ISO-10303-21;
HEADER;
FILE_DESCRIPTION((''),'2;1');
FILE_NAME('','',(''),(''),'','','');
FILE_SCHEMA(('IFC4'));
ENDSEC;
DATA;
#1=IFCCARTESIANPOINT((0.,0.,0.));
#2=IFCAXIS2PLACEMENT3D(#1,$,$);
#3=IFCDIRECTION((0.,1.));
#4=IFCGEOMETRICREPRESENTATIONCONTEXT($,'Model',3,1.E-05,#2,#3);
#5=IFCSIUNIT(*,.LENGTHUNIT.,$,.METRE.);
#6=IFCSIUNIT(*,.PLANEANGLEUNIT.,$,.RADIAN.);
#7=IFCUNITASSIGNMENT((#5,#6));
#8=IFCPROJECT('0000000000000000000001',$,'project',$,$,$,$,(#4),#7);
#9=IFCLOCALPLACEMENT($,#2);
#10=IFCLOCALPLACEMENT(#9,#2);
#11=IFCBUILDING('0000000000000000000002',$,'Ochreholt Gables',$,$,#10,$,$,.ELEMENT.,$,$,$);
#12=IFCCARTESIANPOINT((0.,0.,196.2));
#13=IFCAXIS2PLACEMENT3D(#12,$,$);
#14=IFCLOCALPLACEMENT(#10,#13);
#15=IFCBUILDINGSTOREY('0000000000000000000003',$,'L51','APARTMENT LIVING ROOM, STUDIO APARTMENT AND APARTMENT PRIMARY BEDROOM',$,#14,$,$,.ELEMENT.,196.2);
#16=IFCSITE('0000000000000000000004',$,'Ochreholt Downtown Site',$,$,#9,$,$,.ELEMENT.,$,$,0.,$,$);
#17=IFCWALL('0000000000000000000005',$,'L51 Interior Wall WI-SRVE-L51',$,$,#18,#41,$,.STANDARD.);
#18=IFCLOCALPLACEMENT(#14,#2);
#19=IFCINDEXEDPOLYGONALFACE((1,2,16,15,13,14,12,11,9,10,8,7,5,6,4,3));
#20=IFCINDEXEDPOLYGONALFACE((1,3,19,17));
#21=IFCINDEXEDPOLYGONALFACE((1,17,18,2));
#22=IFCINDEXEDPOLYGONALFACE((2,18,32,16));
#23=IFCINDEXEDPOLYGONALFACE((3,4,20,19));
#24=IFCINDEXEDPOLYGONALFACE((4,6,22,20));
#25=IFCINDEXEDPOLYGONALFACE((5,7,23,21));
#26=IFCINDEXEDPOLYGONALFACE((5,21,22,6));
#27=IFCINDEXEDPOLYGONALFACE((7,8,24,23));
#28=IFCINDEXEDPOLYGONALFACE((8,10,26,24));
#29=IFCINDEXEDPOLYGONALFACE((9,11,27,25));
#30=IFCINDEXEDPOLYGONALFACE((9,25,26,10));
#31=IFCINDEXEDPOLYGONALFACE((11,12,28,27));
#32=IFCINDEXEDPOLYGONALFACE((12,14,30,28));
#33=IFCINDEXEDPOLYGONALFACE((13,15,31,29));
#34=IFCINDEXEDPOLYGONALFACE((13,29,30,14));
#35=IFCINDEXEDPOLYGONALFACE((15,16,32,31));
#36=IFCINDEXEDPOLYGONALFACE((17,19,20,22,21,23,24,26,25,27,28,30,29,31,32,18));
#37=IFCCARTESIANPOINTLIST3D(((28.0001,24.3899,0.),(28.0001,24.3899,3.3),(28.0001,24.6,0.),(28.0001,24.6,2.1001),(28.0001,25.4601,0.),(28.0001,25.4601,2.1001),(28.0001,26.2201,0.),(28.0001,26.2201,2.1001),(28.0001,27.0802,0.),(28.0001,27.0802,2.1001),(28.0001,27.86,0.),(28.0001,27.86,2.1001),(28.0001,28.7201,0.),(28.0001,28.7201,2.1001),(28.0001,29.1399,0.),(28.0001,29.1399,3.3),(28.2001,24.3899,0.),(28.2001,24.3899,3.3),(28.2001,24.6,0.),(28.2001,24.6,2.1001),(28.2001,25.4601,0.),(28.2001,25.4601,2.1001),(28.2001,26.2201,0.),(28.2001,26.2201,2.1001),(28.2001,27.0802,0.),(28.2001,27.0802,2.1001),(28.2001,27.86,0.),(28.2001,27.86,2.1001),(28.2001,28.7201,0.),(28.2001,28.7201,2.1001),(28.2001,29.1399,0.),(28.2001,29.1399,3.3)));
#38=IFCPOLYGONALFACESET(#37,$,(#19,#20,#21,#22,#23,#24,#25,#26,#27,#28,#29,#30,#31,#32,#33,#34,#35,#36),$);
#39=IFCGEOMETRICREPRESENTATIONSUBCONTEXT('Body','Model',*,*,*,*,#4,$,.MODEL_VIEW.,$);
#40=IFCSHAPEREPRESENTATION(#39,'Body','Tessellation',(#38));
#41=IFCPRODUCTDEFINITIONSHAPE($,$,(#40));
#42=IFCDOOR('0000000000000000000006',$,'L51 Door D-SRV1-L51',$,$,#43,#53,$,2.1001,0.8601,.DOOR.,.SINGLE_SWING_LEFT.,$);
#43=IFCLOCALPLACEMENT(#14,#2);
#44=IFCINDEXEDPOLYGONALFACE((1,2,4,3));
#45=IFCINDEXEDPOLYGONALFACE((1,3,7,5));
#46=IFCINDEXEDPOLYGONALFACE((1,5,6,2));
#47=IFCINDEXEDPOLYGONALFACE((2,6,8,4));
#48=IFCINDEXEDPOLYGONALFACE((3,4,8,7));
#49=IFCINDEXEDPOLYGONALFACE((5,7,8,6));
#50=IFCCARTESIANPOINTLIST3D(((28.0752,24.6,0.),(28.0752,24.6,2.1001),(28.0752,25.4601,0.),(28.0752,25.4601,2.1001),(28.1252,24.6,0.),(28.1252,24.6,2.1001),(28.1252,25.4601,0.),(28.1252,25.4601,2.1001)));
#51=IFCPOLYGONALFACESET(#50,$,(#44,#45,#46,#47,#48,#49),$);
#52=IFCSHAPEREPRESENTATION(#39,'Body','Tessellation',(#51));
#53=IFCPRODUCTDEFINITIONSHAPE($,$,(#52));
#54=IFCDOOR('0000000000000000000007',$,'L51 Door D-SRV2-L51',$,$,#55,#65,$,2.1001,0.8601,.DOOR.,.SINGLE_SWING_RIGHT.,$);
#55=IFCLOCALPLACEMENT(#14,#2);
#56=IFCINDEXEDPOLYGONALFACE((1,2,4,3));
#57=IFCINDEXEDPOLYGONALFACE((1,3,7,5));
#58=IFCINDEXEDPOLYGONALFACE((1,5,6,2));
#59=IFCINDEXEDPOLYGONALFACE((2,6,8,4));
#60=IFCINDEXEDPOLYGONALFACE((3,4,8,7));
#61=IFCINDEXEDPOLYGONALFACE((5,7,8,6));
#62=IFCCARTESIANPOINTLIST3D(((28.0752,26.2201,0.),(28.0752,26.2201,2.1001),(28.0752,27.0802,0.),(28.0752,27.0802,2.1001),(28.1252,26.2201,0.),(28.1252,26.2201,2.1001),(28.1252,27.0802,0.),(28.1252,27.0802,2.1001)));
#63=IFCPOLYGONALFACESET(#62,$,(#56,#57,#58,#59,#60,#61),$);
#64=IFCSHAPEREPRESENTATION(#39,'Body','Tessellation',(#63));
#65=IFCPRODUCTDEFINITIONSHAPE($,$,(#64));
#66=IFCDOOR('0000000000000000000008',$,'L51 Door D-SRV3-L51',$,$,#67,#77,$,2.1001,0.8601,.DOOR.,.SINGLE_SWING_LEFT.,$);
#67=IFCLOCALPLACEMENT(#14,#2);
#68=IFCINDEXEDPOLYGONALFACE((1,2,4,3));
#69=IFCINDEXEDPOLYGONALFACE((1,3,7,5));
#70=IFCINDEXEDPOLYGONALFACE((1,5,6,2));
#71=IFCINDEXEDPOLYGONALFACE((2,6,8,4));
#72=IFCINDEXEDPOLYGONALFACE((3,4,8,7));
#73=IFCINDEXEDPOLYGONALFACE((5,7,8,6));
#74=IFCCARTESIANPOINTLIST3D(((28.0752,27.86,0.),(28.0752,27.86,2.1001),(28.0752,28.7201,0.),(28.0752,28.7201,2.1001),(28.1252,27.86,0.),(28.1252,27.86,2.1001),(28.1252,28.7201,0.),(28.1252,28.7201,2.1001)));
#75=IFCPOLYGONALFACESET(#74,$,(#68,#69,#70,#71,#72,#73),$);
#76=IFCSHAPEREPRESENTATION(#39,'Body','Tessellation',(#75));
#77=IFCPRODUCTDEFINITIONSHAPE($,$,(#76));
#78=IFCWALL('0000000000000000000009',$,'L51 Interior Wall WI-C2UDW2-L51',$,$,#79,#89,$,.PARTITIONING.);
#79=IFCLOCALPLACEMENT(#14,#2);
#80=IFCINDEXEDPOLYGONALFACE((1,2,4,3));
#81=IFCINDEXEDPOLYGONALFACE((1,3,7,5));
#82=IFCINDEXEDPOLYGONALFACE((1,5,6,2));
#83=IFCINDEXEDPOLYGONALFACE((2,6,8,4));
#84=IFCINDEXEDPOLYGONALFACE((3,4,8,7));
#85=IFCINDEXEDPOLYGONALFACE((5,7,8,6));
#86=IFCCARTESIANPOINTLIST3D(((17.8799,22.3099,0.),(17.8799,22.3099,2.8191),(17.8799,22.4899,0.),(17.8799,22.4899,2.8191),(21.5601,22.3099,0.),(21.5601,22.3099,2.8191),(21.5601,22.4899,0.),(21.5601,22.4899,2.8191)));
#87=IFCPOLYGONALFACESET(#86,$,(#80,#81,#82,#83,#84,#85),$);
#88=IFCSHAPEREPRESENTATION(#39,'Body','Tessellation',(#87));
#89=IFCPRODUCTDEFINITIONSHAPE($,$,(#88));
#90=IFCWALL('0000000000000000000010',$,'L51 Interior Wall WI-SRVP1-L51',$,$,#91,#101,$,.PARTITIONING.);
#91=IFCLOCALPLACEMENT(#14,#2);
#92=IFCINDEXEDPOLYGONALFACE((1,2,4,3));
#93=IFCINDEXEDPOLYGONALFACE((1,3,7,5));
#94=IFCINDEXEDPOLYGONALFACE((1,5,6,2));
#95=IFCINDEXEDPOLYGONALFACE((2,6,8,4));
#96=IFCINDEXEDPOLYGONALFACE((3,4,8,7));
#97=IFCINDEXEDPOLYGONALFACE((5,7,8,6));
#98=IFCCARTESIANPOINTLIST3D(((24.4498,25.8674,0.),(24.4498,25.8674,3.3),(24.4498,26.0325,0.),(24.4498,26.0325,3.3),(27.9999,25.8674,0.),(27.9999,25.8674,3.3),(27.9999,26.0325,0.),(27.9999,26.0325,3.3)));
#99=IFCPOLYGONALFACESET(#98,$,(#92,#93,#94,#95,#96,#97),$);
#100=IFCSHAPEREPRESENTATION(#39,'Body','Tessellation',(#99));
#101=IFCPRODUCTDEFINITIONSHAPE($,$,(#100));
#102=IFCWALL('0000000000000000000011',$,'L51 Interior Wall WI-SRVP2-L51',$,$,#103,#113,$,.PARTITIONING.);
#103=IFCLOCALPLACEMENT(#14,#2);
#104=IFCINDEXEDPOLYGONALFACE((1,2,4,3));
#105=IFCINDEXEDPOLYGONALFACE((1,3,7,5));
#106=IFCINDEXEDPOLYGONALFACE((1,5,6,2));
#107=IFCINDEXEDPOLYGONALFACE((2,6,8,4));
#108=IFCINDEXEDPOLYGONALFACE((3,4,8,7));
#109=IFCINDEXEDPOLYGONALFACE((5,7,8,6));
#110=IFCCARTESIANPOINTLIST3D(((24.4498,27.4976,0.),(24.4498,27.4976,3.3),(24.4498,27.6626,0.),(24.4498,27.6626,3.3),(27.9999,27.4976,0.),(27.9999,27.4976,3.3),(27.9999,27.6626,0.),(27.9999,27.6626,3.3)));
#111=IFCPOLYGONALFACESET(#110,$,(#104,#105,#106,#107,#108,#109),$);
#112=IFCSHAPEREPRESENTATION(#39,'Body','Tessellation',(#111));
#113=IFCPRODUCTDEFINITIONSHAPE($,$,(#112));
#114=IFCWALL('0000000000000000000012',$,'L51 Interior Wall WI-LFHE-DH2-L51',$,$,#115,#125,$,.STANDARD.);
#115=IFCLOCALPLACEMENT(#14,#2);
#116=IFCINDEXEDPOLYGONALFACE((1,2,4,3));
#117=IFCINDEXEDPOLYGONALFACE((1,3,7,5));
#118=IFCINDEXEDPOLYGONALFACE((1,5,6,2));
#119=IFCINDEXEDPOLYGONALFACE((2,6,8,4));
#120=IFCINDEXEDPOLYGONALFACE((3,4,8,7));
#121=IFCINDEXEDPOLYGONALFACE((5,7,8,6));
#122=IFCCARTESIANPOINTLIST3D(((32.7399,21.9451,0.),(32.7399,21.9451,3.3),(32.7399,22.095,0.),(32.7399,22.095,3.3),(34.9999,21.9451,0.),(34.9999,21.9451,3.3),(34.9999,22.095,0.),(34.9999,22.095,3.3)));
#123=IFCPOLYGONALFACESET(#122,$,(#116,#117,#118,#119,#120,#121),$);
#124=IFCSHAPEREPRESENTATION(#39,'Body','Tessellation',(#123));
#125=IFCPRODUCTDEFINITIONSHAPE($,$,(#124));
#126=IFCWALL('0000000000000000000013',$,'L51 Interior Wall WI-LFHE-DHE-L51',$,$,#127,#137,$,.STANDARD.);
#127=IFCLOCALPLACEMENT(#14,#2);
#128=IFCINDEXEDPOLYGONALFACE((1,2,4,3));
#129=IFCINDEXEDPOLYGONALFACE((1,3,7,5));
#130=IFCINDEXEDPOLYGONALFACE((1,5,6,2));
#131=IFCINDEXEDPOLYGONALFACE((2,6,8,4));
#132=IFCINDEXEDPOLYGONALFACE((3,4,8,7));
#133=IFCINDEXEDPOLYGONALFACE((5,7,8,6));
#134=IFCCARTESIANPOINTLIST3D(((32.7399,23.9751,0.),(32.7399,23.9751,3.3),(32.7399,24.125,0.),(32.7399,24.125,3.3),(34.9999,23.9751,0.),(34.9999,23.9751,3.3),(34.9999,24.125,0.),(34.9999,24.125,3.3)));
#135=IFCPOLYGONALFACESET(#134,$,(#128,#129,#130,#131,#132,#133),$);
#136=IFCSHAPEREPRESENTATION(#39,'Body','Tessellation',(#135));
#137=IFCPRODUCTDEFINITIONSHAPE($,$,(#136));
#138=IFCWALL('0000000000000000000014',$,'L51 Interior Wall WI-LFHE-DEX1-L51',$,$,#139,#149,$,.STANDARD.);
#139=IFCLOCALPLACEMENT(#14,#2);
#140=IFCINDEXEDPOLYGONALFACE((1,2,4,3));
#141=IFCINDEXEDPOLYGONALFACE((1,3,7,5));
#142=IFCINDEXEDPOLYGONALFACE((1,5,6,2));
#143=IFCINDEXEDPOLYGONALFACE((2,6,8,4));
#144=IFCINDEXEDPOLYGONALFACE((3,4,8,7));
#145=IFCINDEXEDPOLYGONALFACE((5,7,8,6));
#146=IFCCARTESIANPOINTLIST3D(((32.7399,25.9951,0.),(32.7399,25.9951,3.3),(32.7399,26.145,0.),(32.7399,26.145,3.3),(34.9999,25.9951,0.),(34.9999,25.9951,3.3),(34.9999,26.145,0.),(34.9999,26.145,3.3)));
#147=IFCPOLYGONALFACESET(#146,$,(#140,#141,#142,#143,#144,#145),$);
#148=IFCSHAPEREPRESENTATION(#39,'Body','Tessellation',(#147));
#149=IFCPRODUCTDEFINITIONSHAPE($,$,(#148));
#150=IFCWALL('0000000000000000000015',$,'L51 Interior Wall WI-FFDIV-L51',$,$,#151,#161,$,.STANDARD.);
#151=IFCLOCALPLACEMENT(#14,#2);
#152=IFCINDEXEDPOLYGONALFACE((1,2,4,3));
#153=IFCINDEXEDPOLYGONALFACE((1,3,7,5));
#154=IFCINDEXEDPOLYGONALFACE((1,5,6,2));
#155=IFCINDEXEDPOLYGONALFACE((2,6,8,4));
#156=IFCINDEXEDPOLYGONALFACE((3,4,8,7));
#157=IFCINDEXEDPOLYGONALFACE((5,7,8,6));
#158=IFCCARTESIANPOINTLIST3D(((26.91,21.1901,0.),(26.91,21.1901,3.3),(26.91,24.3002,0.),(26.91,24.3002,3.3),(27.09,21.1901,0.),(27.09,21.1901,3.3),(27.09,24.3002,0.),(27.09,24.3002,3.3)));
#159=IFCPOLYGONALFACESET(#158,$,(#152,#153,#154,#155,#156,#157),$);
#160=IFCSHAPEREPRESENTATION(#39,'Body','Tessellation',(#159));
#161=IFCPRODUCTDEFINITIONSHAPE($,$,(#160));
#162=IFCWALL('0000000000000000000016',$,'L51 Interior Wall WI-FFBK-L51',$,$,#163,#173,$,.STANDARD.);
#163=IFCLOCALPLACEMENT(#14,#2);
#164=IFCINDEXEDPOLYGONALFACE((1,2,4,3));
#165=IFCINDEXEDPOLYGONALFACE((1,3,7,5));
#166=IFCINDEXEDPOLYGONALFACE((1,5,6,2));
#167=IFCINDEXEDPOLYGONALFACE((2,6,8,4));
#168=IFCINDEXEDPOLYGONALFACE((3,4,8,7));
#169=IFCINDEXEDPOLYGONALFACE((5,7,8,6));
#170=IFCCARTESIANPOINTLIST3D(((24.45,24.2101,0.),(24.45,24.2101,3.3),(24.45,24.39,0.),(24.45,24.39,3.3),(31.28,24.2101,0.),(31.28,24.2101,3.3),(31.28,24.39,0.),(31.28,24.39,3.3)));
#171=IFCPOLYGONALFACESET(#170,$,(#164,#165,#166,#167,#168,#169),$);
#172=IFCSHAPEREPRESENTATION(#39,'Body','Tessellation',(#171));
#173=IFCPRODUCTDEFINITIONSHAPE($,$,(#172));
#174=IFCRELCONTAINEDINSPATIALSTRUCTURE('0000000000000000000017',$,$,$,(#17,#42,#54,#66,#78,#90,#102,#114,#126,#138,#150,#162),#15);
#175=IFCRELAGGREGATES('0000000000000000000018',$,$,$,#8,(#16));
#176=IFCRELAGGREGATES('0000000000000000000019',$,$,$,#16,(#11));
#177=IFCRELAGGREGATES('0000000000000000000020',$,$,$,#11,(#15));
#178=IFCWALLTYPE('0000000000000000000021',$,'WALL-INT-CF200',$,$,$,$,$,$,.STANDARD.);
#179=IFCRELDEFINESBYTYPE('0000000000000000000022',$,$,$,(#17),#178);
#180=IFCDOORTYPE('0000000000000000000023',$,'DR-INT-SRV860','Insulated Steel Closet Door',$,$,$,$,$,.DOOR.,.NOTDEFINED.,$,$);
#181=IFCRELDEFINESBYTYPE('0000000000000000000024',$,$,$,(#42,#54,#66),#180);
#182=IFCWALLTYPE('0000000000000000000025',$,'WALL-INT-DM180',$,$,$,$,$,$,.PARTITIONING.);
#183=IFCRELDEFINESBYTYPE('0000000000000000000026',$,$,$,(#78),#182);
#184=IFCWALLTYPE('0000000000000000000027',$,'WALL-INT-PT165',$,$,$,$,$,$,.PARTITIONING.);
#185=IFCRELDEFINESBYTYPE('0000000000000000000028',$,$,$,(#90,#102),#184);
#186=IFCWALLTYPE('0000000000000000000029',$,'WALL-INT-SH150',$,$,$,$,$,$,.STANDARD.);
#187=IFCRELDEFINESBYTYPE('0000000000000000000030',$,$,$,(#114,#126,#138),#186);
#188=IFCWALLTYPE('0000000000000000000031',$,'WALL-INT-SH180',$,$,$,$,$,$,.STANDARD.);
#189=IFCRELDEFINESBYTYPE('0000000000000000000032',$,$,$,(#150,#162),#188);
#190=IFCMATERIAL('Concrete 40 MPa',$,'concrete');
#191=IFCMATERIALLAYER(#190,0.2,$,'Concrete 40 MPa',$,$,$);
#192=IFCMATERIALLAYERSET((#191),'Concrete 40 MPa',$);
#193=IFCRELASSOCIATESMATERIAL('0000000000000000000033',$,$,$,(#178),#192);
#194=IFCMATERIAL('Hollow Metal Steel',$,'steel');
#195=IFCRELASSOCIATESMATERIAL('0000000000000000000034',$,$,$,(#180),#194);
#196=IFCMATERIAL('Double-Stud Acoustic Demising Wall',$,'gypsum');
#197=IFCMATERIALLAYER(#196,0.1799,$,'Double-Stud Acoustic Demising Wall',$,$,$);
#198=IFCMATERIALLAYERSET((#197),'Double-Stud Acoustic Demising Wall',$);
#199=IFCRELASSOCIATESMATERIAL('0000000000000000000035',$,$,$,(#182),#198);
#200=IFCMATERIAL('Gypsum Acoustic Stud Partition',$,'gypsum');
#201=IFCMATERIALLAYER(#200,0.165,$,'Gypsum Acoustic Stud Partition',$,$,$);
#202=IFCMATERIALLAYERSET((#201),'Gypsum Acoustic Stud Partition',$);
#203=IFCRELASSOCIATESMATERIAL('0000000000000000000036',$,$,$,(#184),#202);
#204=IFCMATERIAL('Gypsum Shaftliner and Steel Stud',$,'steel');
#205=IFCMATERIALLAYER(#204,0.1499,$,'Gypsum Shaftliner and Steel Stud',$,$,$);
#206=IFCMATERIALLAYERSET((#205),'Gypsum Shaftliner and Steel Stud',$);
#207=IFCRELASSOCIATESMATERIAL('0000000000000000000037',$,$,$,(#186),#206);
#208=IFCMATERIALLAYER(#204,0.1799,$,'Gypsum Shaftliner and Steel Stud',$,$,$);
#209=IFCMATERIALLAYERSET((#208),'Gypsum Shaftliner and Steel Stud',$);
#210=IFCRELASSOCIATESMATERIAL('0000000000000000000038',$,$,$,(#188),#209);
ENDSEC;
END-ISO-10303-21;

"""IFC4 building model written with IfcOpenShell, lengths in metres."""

from ifc_helpers import new_model, si_unit, direction, frame, frame_2d, origin, place, context, subcontext, project, spatial, rectangle, extrude, material, layer, layer_set, type_object, element, fill, save


model = new_model("IFC4")

# Units and contexts
model_context = context("Model", 3, precision=1e-05, world=origin(), true_north=direction((0.0, 1.0)))
body_context = subcontext(model_context, "Body", "Model", "MODEL_VIEW")
ifc_project = project(units=[si_unit("LENGTHUNIT", "METRE"), si_unit("PLANEANGLEUNIT", "RADIAN")], contexts=[model_context])

# Site, building, storey
site_placement = place(None, origin())
site = spatial("IfcSite", under=ifc_project, at=site_placement, Name="Ochreholt Downtown Site", CompositionType="ELEMENT", RefElevation=0.0)
building_placement = place(site_placement, origin())
building = spatial("IfcBuilding", under=site, at=building_placement, Name="Ochreholt Gables", CompositionType="ELEMENT")
storey_placement = place(building_placement, frame((0.0, 0.0, 196.2)))
storey = spatial("IfcBuildingStorey", under=building, at=storey_placement, Name="L51", Description="APARTMENT LIVING ROOM, STUDIO APARTMENT AND APARTMENT PRIMARY BEDROOM", CompositionType="ELEMENT", Elevation=196.2)

# Shared definitions
ifc_material_1 = material(Name="Concrete 40 MPa", Category="concrete")
ifc_layer_1 = layer(ifc_material_1, 0.2, Name="Concrete 40 MPa")
ifc_layer_set_1 = layer_set([ifc_layer_1], Name="Concrete 40 MPa")
wall_type_1 = type_object("IfcWallType", Name="WALL-INT-CF200", PredefinedType="STANDARD", material=ifc_layer_set_1)

# Wall, openings, doors
wall_1_placement = place(storey_placement, frame((28.1001, 24.3899, 0.0), z_axis=(0.0, 0.0, 1.0), x_axis=(0.0, 1.0, 0.0)))
wall_1 = element("IfcWall", 1, at=wall_1_placement, inside=storey, type_object=wall_type_1, Name="L51 Interior Wall WI-SRVE-L51", PredefinedType="STANDARD", context=body_context, shape_type="SweptSolid", body=[
    extrude(rectangle(XDim=4.75, YDim=0.2, at=frame_2d((2.375, 0.0))), origin(), (0.0, 0.0, 1.0), 3.3),
])
opening_1_placement = place(wall_1_placement, frame((0.21, 0.0, 0.0)))
opening_1 = element("IfcOpeningElement", 2, at=opening_1_placement, cuts=wall_1, PredefinedType="OPENING", context=body_context, shape_type="SweptSolid", body=[
    extrude(rectangle(XDim=0.8601, YDim=2.1001, at=frame_2d((0.4302, 1.05))), frame((0.0, 0.1099, 0.0), z_axis=(0.0, -1.0, 0.0), x_axis=(1.0, 0.0, 0.0)), (0.0, 0.0, 1.0), 0.22),
])
opening_2_placement = place(wall_1_placement, frame((1.8301, 0.0, 0.0)))
opening_2 = element("IfcOpeningElement", 3, at=opening_2_placement, cuts=wall_1, PredefinedType="OPENING", context=body_context, shape_type="SweptSolid", body=[
    extrude(rectangle(XDim=0.8601, YDim=2.1001, at=frame_2d((0.4302, 1.05))), frame((0.0, 0.1099, 0.0), z_axis=(0.0, -1.0, 0.0), x_axis=(1.0, 0.0, 0.0)), (0.0, 0.0, 1.0), 0.22),
])
opening_3_placement = place(wall_1_placement, frame((3.47, 0.0, 0.0)))
opening_3 = element("IfcOpeningElement", 4, at=opening_3_placement, cuts=wall_1, PredefinedType="OPENING", context=body_context, shape_type="SweptSolid", body=[
    extrude(rectangle(XDim=0.8601, YDim=2.1001, at=frame_2d((0.4302, 1.05))), frame((0.0, 0.1099, 0.0), z_axis=(0.0, -1.0, 0.0), x_axis=(1.0, 0.0, 0.0)), (0.0, 0.0, 1.0), 0.22),
])
ifc_material_2 = material(Name="Hollow Metal Steel", Category="steel")
door_type_1 = type_object("IfcDoorType", Name="DR-INT-SRV860", Description="Insulated Steel Closet Door", OperationType="NOTDEFINED", PredefinedType="DOOR", material=ifc_material_2)
door_1_placement = place(opening_1_placement, origin())
door_1 = element("IfcDoor", 5, at=door_1_placement, inside=storey, type_object=door_type_1, Name="L51 Door D-SRV1-L51", OperationType="SINGLE_SWING_LEFT", OverallHeight=2.1001, OverallWidth=0.8601, PredefinedType="DOOR", context=body_context, shape_type="SweptSolid", body=[
    extrude(rectangle(XDim=0.8601, YDim=2.1001, at=frame_2d((0.4302, 1.05))), frame((0.0, 0.0249, 0.0), z_axis=(0.0, -1.0, 0.0), x_axis=(1.0, 0.0, 0.0)), (0.0, 0.0, 1.0), 0.05),
])
fill(opening_1, door_1)
door_2_placement = place(opening_2_placement, origin())
door_2 = element("IfcDoor", 6, at=door_2_placement, inside=storey, type_object=door_type_1, Name="L51 Door D-SRV2-L51", OperationType="SINGLE_SWING_RIGHT", OverallHeight=2.1001, OverallWidth=0.8601, PredefinedType="DOOR", context=body_context, shape_type="SweptSolid", body=[
    extrude(rectangle(XDim=0.8601, YDim=2.1001, at=frame_2d((0.4302, 1.05))), frame((0.0, 0.0249, 0.0), z_axis=(0.0, -1.0, 0.0), x_axis=(1.0, 0.0, 0.0)), (0.0, 0.0, 1.0), 0.05),
])
fill(opening_2, door_2)
door_3_placement = place(opening_3_placement, origin())
door_3 = element("IfcDoor", 7, at=door_3_placement, inside=storey, type_object=door_type_1, Name="L51 Door D-SRV3-L51", OperationType="SINGLE_SWING_LEFT", OverallHeight=2.1001, OverallWidth=0.8601, PredefinedType="DOOR", context=body_context, shape_type="SweptSolid", body=[
    extrude(rectangle(XDim=0.8601, YDim=2.1001, at=frame_2d((0.4302, 1.05))), frame((0.0, 0.0249, 0.0), z_axis=(0.0, -1.0, 0.0), x_axis=(1.0, 0.0, 0.0)), (0.0, 0.0, 1.0), 0.05),
])
fill(opening_3, door_3)

# Walls
ifc_material_3 = material(Name="Double-Stud Acoustic Demising Wall", Category="gypsum")
ifc_layer_2 = layer(ifc_material_3, 0.1799, Name="Double-Stud Acoustic Demising Wall")
ifc_layer_set_2 = layer_set([ifc_layer_2], Name="Double-Stud Acoustic Demising Wall")
wall_type_2 = type_object("IfcWallType", Name="WALL-INT-DM180", PredefinedType="PARTITIONING", material=ifc_layer_set_2)
wall_2_placement = place(storey_placement, frame((17.8799, 22.3999, 0.0), z_axis=(0.0, 0.0, 1.0), x_axis=(1.0, 0.0, 0.0)))
element("IfcWall", 8, at=wall_2_placement, inside=storey, type_object=wall_type_2, Name="L51 Interior Wall WI-C2UDW2-L51", PredefinedType="PARTITIONING", context=body_context, shape_type="SweptSolid", body=[
    extrude(rectangle(XDim=3.6802, YDim=0.1799, at=frame_2d((1.8401, 0.0))), origin(), (0.0, 0.0, 1.0), 2.8191),
])
ifc_material_4 = material(Name="Gypsum Acoustic Stud Partition", Category="gypsum")
ifc_layer_3 = layer(ifc_material_4, 0.165, Name="Gypsum Acoustic Stud Partition")
ifc_layer_set_3 = layer_set([ifc_layer_3], Name="Gypsum Acoustic Stud Partition")
wall_type_3 = type_object("IfcWallType", Name="WALL-INT-PT165", PredefinedType="PARTITIONING", material=ifc_layer_set_3)
for number, where, z_axis, x_axis, name in (
    (9, (24.45, 25.95, 0.0), (0.0, 0.0, 1.0), (1.0, 0.0, 0.0), "L51 Interior Wall WI-SRVP1-L51"),
    (10, (24.45, 27.5801, 0.0), (0.0, 0.0, 1.0), (1.0, 0.0, 0.0), "L51 Interior Wall WI-SRVP2-L51"),
):
    element("IfcWall", number, at=place(storey_placement, frame(where, z_axis=z_axis, x_axis=x_axis)), inside=storey, type_object=wall_type_3, Name=name, PredefinedType="PARTITIONING", context=body_context, shape_type="SweptSolid", body=[
        extrude(rectangle(XDim=3.55, YDim=0.165, at=frame_2d((1.7749, 0.0))), origin(), (0.0, 0.0, 1.0), 3.3),
    ])
ifc_material_5 = material(Name="Gypsum Shaftliner and Steel Stud", Category="steel")
ifc_layer_4 = layer(ifc_material_5, 0.1499, Name="Gypsum Shaftliner and Steel Stud")
ifc_layer_set_4 = layer_set([ifc_layer_4], Name="Gypsum Shaftliner and Steel Stud")
wall_type_4 = type_object("IfcWallType", Name="WALL-INT-SH150", PredefinedType="STANDARD", material=ifc_layer_set_4)
for number, where, z_axis, x_axis, name in (
    (11, (32.74, 22.02, 0.0), (0.0, 0.0, 1.0), (1.0, 0.0, 0.0), "L51 Interior Wall WI-LFHE-DH2-L51"),
    (12, (32.74, 24.05, 0.0), (0.0, 0.0, 1.0), (1.0, 0.0, 0.0), "L51 Interior Wall WI-LFHE-DHE-L51"),
    (13, (32.74, 26.0701, 0.0), (0.0, 0.0, 1.0), (1.0, 0.0, 0.0), "L51 Interior Wall WI-LFHE-DEX1-L51"),
):
    element("IfcWall", number, at=place(storey_placement, frame(where, z_axis=z_axis, x_axis=x_axis)), inside=storey, type_object=wall_type_4, Name=name, PredefinedType="STANDARD", context=body_context, shape_type="SweptSolid", body=[
        extrude(rectangle(XDim=2.26, YDim=0.1499, at=frame_2d((1.1299, 0.0))), origin(), (0.0, 0.0, 1.0), 3.3),
    ])
ifc_layer_5 = layer(ifc_material_5, 0.1799, Name="Gypsum Shaftliner and Steel Stud")
ifc_layer_set_5 = layer_set([ifc_layer_5], Name="Gypsum Shaftliner and Steel Stud")
wall_type_5 = type_object("IfcWallType", Name="WALL-INT-SH180", PredefinedType="STANDARD", material=ifc_layer_set_5)
wall_3_placement = place(storey_placement, frame((27.0, 21.1899, 0.0), z_axis=(0.0, 0.0, 1.0), x_axis=(0.0, 1.0, 0.0)))
element("IfcWall", 14, at=wall_3_placement, inside=storey, type_object=wall_type_5, Name="L51 Interior Wall WI-FFDIV-L51", PredefinedType="STANDARD", context=body_context, shape_type="SweptSolid", body=[
    extrude(rectangle(XDim=3.1101, YDim=0.1799, at=frame_2d((1.5552, 0.0))), origin(), (0.0, 0.0, 1.0), 3.3),
])
wall_4_placement = place(storey_placement, frame((24.45, 24.3, 0.0), z_axis=(0.0, 0.0, 1.0), x_axis=(1.0, 0.0, 0.0)))
element("IfcWall", 15, at=wall_4_placement, inside=storey, type_object=wall_type_5, Name="L51 Interior Wall WI-FFBK-L51", PredefinedType="STANDARD", context=body_context, shape_type="SweptSolid", body=[
    extrude(rectangle(XDim=6.8301, YDim=0.1799, at=frame_2d((3.415, 0.0))), origin(), (0.0, 0.0, 1.0), 3.3),
])

save(model, "model.ifc")
